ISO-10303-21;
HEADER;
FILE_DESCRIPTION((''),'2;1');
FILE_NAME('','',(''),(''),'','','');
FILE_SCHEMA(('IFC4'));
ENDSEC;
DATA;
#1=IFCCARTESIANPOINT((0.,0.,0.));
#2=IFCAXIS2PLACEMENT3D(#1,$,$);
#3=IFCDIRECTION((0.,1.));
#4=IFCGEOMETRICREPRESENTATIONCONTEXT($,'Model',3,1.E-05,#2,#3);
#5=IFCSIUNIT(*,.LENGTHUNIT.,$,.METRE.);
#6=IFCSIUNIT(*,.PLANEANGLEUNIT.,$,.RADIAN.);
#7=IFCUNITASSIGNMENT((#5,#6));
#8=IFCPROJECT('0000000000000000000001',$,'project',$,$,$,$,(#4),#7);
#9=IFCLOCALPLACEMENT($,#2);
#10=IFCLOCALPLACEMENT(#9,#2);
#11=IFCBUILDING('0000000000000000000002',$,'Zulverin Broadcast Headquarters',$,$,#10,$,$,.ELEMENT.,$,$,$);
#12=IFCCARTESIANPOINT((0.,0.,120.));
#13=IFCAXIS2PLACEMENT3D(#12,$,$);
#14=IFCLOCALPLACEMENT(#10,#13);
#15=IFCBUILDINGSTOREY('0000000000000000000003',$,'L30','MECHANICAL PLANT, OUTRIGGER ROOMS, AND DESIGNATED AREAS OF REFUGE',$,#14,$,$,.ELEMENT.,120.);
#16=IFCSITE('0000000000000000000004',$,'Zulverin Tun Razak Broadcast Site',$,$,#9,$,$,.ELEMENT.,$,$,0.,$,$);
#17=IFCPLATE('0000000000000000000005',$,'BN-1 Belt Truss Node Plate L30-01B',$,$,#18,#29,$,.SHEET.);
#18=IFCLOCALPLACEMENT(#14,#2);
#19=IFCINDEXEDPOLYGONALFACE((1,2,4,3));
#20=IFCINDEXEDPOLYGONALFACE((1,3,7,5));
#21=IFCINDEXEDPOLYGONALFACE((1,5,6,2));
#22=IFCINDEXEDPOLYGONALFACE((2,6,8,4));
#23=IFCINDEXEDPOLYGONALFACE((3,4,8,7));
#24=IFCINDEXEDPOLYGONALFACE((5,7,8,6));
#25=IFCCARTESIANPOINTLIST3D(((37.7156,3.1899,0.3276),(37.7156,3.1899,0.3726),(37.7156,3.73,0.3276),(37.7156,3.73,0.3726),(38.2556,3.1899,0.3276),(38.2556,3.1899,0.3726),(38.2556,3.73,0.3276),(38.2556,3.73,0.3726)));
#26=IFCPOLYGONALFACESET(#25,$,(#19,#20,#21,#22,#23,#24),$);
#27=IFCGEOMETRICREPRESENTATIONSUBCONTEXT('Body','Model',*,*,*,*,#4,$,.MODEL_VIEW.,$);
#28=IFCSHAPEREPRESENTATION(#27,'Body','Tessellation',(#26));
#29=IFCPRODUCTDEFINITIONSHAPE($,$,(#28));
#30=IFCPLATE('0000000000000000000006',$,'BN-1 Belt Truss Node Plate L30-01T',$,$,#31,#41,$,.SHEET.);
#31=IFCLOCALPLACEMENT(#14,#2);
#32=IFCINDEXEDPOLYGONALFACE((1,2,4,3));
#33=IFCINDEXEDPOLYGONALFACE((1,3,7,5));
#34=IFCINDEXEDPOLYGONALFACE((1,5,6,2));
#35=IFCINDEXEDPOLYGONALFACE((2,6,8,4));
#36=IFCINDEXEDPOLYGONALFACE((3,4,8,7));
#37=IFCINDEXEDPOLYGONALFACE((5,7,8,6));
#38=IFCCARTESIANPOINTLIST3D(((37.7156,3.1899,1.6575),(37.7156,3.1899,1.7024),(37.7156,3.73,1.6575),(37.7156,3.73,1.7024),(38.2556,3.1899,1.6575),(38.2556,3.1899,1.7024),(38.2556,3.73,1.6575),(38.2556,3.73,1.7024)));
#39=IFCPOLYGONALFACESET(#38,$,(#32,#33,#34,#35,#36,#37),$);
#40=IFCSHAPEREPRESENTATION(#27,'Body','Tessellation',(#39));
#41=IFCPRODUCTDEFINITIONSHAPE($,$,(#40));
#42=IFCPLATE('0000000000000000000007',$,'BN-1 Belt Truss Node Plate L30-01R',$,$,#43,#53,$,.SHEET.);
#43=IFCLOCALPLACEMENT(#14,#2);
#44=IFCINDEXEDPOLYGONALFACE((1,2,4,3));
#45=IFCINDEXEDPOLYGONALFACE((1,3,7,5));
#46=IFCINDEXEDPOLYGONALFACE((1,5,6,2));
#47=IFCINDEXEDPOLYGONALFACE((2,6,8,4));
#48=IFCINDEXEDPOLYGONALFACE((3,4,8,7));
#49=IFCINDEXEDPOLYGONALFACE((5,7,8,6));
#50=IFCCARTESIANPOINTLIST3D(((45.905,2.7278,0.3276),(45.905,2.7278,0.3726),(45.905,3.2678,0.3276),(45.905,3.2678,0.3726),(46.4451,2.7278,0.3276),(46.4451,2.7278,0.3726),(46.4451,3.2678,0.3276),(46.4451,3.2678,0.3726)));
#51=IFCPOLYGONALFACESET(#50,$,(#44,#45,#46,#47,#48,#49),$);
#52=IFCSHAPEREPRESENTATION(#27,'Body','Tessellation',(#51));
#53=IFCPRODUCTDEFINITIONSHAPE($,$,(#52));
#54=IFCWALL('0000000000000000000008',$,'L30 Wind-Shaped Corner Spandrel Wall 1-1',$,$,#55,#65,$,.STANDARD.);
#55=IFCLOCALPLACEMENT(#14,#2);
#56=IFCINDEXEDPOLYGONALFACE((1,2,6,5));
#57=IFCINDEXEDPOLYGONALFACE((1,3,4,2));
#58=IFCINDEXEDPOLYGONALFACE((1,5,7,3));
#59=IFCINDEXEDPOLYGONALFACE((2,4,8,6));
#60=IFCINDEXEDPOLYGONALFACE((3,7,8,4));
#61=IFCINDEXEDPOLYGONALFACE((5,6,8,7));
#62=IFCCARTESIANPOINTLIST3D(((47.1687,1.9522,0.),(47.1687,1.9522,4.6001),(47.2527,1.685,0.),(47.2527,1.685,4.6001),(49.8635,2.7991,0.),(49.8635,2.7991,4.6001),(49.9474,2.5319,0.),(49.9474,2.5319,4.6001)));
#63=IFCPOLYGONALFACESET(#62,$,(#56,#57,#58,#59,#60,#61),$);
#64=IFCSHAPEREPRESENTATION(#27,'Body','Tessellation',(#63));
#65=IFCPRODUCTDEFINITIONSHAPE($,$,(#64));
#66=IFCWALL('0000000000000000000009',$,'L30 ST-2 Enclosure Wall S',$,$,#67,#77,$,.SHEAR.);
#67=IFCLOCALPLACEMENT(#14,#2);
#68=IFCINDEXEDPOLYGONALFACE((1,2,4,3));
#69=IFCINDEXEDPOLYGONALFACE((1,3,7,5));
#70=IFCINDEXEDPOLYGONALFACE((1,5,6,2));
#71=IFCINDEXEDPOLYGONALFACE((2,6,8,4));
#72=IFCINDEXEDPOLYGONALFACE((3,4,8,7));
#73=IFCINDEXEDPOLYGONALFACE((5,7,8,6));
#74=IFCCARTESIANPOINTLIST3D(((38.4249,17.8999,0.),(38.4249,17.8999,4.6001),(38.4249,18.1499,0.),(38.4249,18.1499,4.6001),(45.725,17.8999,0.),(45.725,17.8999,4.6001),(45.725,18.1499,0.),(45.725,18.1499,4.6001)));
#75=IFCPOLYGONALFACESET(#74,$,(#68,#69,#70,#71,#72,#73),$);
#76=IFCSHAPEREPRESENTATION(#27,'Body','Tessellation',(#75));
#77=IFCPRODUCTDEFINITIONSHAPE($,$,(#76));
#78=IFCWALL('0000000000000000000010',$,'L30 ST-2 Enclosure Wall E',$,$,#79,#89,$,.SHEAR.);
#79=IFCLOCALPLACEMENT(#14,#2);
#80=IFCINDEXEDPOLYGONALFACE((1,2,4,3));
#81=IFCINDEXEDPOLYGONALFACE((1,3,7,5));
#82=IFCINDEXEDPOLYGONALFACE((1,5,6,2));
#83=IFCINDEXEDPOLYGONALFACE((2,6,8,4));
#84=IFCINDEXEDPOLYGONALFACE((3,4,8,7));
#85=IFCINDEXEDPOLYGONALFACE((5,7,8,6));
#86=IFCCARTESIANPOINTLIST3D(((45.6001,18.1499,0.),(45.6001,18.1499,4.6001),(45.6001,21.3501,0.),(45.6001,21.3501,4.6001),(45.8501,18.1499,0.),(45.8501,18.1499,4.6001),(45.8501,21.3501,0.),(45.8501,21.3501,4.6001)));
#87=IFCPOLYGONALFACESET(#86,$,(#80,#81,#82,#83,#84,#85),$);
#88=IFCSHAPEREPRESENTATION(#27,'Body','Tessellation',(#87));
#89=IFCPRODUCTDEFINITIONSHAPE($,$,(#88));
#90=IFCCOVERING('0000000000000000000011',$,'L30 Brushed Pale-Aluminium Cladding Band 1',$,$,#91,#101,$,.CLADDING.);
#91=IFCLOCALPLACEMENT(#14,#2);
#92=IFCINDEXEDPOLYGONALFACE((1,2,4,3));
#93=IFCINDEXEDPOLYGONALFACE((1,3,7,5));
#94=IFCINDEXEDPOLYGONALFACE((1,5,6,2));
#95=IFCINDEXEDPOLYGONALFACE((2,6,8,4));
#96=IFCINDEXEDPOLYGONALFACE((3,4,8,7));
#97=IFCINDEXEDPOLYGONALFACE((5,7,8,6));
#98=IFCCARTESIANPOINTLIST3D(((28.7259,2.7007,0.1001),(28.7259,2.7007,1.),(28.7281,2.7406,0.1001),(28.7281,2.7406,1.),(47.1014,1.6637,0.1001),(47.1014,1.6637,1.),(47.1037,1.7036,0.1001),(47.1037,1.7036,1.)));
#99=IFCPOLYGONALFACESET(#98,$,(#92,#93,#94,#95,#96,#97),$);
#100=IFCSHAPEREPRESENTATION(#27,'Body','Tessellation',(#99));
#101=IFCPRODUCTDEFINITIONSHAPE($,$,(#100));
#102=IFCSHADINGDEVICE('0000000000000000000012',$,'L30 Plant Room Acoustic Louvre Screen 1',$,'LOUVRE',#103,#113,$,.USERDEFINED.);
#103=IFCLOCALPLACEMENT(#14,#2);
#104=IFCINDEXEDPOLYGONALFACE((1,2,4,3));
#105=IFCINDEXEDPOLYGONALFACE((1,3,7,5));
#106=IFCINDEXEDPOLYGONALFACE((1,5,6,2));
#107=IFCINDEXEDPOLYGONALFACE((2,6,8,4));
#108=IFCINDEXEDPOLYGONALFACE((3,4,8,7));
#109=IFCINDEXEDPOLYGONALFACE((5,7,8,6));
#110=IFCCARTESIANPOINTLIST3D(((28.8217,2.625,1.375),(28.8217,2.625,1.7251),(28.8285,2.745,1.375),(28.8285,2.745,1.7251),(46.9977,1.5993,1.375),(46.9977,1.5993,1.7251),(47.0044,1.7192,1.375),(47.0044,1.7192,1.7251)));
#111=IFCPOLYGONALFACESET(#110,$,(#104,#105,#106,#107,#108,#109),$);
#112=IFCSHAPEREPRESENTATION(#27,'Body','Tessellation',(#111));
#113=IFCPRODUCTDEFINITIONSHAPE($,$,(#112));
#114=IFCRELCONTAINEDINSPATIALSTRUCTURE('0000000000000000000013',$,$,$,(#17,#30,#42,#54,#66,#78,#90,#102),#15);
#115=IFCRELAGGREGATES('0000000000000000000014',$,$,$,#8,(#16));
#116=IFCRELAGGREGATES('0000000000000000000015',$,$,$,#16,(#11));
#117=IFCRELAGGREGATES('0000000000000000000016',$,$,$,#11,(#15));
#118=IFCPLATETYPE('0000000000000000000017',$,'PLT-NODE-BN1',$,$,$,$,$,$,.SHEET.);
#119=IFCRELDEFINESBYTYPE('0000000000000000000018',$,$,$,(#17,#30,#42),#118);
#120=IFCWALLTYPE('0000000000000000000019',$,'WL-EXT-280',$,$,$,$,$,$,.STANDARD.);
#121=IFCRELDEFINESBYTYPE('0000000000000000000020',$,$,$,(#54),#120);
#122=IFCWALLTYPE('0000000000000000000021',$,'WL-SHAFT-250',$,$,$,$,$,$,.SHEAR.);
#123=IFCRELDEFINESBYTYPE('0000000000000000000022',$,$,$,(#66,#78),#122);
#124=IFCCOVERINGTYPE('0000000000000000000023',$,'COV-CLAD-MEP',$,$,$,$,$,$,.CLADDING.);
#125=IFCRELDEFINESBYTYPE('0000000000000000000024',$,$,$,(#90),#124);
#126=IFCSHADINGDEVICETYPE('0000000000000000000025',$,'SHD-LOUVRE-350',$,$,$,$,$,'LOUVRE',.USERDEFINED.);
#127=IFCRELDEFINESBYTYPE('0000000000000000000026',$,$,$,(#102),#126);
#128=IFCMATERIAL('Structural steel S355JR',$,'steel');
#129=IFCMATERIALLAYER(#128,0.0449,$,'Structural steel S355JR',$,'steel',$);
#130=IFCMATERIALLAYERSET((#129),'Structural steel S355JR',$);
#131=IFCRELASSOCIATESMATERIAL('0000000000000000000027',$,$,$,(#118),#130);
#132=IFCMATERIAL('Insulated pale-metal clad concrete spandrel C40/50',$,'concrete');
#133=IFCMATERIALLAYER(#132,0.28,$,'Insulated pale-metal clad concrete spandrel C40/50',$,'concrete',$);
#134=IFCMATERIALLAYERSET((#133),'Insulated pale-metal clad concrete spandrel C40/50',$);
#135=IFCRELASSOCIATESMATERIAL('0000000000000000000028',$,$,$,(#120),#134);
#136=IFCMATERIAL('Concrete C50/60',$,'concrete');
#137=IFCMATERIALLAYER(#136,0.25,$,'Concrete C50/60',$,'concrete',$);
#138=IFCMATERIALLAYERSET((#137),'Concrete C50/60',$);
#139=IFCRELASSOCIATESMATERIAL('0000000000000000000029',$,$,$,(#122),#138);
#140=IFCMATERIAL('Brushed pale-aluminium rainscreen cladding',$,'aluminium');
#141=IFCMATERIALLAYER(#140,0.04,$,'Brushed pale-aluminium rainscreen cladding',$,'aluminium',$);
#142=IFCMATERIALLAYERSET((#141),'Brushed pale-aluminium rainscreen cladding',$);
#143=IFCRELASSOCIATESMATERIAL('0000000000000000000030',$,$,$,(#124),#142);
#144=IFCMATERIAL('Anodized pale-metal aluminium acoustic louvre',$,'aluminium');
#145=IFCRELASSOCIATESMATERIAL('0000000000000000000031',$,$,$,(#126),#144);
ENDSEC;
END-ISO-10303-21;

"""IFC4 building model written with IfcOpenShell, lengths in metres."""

from ifc_helpers import new_model, si_unit, direction, frame, frame_2d, origin, origin_2d, place, context, subcontext, project, spatial, rectangle, extrude, material, layer, layer_set, type_object, element, save


model = new_model("IFC4")

# Units and contexts
model_context = context("Model", 3, precision=1e-05, world=origin(), true_north=direction((0.0, 1.0)))
body_context = subcontext(model_context, "Body", "Model", "MODEL_VIEW")
ifc_project = project(units=[si_unit("LENGTHUNIT", "METRE"), si_unit("PLANEANGLEUNIT", "RADIAN")], contexts=[model_context])

# Site, building, storey
site_placement = place(None, origin())
site = spatial("IfcSite", under=ifc_project, at=site_placement, Name="Zulverin Tun Razak Broadcast Site", CompositionType="ELEMENT", RefElevation=0.0)
building_placement = place(site_placement, origin())
building = spatial("IfcBuilding", under=site, at=building_placement, Name="Zulverin Broadcast Headquarters", CompositionType="ELEMENT")
storey_placement = place(building_placement, frame((0.0, 0.0, 120.0)))
storey = spatial("IfcBuildingStorey", under=building, at=storey_placement, Name="L30", Description="MECHANICAL PLANT, OUTRIGGER ROOMS, AND DESIGNATED AREAS OF REFUGE", CompositionType="ELEMENT", Elevation=120.0)

# Shared definitions
ifc_material_1 = material(Name="Structural steel S355JR", Category="steel")

# Plates
ifc_layer_1 = layer(ifc_material_1, 0.0449, Name="Structural steel S355JR", Category="steel")
ifc_layer_set_1 = layer_set([ifc_layer_1], Name="Structural steel S355JR")
plate_type = type_object("IfcPlateType", Name="PLT-NODE-BN1", PredefinedType="SHEET", material=ifc_layer_set_1)
for number, where, z_axis, x_axis, name in (
    (1, (37.9856, 3.46, 0.3276), (0.0, 0.0, 1.0), (1.0, 0.0, 0.0), "BN-1 Belt Truss Node Plate L30-01B"),
    (2, (37.9856, 3.46, 1.6575), (0.0, 0.0, 1.0), (1.0, 0.0, 0.0), "BN-1 Belt Truss Node Plate L30-01T"),
    (3, (46.175, 2.9978, 0.3276), (0.0, 0.0, 1.0), (1.0, 0.0, 0.0), "BN-1 Belt Truss Node Plate L30-01R"),
):
    element("IfcPlate", number, at=place(storey_placement, frame(where, z_axis=z_axis, x_axis=x_axis)), inside=storey, type_object=plate_type, Name=name, PredefinedType="SHEET", context=body_context, shape_type="SweptSolid", body=[
        extrude(rectangle(XDim=0.54, YDim=0.54, at=origin_2d()), origin(), (0.0, 0.0, 1.0), 0.0449),
    ])

# Walls
ifc_material_2 = material(Name="Insulated pale-metal clad concrete spandrel C40/50", Category="concrete")
ifc_layer_2 = layer(ifc_material_2, 0.28, Name="Insulated pale-metal clad concrete spandrel C40/50", Category="concrete")
ifc_layer_set_2 = layer_set([ifc_layer_2], Name="Insulated pale-metal clad concrete spandrel C40/50")
wall_type_1 = type_object("IfcWallType", Name="WL-EXT-280", PredefinedType="STANDARD", material=ifc_layer_set_2)
wall_1_placement = place(storey_placement, frame((47.2107, 1.8186, 0.0), z_axis=(0.0, 0.0, 1.0), x_axis=(0.953996, 0.29982, 0.0)))
element("IfcWall", 4, at=wall_1_placement, inside=storey, type_object=wall_type_1, Name="L30 Wind-Shaped Corner Spandrel Wall 1-1", PredefinedType="STANDARD", context=body_context, shape_type="SweptSolid", body=[
    extrude(rectangle(XDim=2.8247, YDim=0.28, at=frame_2d((1.4124, 0.0))), origin(), (0.0, 0.0, 1.0), 4.6001),
])
ifc_material_3 = material(Name="Concrete C50/60", Category="concrete")
ifc_layer_3 = layer(ifc_material_3, 0.25, Name="Concrete C50/60", Category="concrete")
ifc_layer_set_3 = layer_set([ifc_layer_3], Name="Concrete C50/60")
wall_type_2 = type_object("IfcWallType", Name="WL-SHAFT-250", PredefinedType="SHEAR", material=ifc_layer_set_3)
wall_2_placement = place(storey_placement, frame((38.425, 18.0249, 0.0), z_axis=(0.0, 0.0, 1.0), x_axis=(1.0, 0.0, 0.0)))
element("IfcWall", 5, at=wall_2_placement, inside=storey, type_object=wall_type_2, Name="L30 ST-2 Enclosure Wall S", PredefinedType="SHEAR", context=body_context, shape_type="SweptSolid", body=[
    extrude(rectangle(XDim=7.3, YDim=0.25, at=frame_2d((3.6499, 0.0))), origin(), (0.0, 0.0, 1.0), 4.6001),
])

# Wall
wall_3_placement = place(storey_placement, frame((45.7251, 18.1499, 0.0), z_axis=(0.0, 0.0, 1.0), x_axis=(0.0, 1.0, 0.0)))
element("IfcWall", 6, at=wall_3_placement, inside=storey, type_object=wall_type_2, Name="L30 ST-2 Enclosure Wall E", PredefinedType="SHEAR", context=body_context, shape_type="SweptSolid", body=[
    extrude(rectangle(XDim=3.2002, YDim=0.25, at=frame_2d((1.6001, 0.0))), origin(), (0.0, 0.0, 1.0), 4.6001),
])

# Covering
ifc_material_4 = material(Name="Brushed pale-aluminium rainscreen cladding", Category="aluminium")
ifc_layer_4 = layer(ifc_material_4, 0.04, Name="Brushed pale-aluminium rainscreen cladding", Category="aluminium")
ifc_layer_set_4 = layer_set([ifc_layer_4], Name="Brushed pale-aluminium rainscreen cladding")
covering_type = type_object("IfcCoveringType", Name="COV-CLAD-MEP", PredefinedType="CLADDING", material=ifc_layer_set_4)
covering_placement = place(storey_placement, frame((37.9148, 2.2021, 0.1001), z_axis=(0.0, 0.0, 1.0), x_axis=(0.998411, -0.056344, 0.0)))
element("IfcCovering", 7, at=covering_placement, inside=storey, type_object=covering_type, Name="L30 Brushed Pale-Aluminium Cladding Band 1", PredefinedType="CLADDING", context=body_context, shape_type="SweptSolid", body=[
    extrude(rectangle(XDim=18.4048, YDim=0.04, at=origin_2d()), origin(), (0.0, 0.0, 1.0), 0.8999),
])

# Shading device
ifc_material_5 = material(Name="Anodized pale-metal aluminium acoustic louvre", Category="aluminium")
shading_device_type = type_object("IfcShadingDeviceType", Name="SHD-LOUVRE-350", ElementType="LOUVRE", PredefinedType="USERDEFINED", material=ifc_material_5)
shading_device_placement = place(storey_placement, frame((37.9131, 2.1721, 1.375), z_axis=(0.0, 0.0, 1.0), x_axis=(0.998411, -0.056344, 0.0)))
element("IfcShadingDevice", 8, at=shading_device_placement, inside=storey, type_object=shading_device_type, Name="L30 Plant Room Acoustic Louvre Screen 1", ObjectType="LOUVRE", PredefinedType="USERDEFINED", context=body_context, shape_type="SweptSolid", body=[
    extrude(rectangle(XDim=18.2048, YDim=0.1201, at=origin_2d()), origin(), (0.0, 0.0, 1.0), 0.3501),
])

save(model, "model.ifc")
